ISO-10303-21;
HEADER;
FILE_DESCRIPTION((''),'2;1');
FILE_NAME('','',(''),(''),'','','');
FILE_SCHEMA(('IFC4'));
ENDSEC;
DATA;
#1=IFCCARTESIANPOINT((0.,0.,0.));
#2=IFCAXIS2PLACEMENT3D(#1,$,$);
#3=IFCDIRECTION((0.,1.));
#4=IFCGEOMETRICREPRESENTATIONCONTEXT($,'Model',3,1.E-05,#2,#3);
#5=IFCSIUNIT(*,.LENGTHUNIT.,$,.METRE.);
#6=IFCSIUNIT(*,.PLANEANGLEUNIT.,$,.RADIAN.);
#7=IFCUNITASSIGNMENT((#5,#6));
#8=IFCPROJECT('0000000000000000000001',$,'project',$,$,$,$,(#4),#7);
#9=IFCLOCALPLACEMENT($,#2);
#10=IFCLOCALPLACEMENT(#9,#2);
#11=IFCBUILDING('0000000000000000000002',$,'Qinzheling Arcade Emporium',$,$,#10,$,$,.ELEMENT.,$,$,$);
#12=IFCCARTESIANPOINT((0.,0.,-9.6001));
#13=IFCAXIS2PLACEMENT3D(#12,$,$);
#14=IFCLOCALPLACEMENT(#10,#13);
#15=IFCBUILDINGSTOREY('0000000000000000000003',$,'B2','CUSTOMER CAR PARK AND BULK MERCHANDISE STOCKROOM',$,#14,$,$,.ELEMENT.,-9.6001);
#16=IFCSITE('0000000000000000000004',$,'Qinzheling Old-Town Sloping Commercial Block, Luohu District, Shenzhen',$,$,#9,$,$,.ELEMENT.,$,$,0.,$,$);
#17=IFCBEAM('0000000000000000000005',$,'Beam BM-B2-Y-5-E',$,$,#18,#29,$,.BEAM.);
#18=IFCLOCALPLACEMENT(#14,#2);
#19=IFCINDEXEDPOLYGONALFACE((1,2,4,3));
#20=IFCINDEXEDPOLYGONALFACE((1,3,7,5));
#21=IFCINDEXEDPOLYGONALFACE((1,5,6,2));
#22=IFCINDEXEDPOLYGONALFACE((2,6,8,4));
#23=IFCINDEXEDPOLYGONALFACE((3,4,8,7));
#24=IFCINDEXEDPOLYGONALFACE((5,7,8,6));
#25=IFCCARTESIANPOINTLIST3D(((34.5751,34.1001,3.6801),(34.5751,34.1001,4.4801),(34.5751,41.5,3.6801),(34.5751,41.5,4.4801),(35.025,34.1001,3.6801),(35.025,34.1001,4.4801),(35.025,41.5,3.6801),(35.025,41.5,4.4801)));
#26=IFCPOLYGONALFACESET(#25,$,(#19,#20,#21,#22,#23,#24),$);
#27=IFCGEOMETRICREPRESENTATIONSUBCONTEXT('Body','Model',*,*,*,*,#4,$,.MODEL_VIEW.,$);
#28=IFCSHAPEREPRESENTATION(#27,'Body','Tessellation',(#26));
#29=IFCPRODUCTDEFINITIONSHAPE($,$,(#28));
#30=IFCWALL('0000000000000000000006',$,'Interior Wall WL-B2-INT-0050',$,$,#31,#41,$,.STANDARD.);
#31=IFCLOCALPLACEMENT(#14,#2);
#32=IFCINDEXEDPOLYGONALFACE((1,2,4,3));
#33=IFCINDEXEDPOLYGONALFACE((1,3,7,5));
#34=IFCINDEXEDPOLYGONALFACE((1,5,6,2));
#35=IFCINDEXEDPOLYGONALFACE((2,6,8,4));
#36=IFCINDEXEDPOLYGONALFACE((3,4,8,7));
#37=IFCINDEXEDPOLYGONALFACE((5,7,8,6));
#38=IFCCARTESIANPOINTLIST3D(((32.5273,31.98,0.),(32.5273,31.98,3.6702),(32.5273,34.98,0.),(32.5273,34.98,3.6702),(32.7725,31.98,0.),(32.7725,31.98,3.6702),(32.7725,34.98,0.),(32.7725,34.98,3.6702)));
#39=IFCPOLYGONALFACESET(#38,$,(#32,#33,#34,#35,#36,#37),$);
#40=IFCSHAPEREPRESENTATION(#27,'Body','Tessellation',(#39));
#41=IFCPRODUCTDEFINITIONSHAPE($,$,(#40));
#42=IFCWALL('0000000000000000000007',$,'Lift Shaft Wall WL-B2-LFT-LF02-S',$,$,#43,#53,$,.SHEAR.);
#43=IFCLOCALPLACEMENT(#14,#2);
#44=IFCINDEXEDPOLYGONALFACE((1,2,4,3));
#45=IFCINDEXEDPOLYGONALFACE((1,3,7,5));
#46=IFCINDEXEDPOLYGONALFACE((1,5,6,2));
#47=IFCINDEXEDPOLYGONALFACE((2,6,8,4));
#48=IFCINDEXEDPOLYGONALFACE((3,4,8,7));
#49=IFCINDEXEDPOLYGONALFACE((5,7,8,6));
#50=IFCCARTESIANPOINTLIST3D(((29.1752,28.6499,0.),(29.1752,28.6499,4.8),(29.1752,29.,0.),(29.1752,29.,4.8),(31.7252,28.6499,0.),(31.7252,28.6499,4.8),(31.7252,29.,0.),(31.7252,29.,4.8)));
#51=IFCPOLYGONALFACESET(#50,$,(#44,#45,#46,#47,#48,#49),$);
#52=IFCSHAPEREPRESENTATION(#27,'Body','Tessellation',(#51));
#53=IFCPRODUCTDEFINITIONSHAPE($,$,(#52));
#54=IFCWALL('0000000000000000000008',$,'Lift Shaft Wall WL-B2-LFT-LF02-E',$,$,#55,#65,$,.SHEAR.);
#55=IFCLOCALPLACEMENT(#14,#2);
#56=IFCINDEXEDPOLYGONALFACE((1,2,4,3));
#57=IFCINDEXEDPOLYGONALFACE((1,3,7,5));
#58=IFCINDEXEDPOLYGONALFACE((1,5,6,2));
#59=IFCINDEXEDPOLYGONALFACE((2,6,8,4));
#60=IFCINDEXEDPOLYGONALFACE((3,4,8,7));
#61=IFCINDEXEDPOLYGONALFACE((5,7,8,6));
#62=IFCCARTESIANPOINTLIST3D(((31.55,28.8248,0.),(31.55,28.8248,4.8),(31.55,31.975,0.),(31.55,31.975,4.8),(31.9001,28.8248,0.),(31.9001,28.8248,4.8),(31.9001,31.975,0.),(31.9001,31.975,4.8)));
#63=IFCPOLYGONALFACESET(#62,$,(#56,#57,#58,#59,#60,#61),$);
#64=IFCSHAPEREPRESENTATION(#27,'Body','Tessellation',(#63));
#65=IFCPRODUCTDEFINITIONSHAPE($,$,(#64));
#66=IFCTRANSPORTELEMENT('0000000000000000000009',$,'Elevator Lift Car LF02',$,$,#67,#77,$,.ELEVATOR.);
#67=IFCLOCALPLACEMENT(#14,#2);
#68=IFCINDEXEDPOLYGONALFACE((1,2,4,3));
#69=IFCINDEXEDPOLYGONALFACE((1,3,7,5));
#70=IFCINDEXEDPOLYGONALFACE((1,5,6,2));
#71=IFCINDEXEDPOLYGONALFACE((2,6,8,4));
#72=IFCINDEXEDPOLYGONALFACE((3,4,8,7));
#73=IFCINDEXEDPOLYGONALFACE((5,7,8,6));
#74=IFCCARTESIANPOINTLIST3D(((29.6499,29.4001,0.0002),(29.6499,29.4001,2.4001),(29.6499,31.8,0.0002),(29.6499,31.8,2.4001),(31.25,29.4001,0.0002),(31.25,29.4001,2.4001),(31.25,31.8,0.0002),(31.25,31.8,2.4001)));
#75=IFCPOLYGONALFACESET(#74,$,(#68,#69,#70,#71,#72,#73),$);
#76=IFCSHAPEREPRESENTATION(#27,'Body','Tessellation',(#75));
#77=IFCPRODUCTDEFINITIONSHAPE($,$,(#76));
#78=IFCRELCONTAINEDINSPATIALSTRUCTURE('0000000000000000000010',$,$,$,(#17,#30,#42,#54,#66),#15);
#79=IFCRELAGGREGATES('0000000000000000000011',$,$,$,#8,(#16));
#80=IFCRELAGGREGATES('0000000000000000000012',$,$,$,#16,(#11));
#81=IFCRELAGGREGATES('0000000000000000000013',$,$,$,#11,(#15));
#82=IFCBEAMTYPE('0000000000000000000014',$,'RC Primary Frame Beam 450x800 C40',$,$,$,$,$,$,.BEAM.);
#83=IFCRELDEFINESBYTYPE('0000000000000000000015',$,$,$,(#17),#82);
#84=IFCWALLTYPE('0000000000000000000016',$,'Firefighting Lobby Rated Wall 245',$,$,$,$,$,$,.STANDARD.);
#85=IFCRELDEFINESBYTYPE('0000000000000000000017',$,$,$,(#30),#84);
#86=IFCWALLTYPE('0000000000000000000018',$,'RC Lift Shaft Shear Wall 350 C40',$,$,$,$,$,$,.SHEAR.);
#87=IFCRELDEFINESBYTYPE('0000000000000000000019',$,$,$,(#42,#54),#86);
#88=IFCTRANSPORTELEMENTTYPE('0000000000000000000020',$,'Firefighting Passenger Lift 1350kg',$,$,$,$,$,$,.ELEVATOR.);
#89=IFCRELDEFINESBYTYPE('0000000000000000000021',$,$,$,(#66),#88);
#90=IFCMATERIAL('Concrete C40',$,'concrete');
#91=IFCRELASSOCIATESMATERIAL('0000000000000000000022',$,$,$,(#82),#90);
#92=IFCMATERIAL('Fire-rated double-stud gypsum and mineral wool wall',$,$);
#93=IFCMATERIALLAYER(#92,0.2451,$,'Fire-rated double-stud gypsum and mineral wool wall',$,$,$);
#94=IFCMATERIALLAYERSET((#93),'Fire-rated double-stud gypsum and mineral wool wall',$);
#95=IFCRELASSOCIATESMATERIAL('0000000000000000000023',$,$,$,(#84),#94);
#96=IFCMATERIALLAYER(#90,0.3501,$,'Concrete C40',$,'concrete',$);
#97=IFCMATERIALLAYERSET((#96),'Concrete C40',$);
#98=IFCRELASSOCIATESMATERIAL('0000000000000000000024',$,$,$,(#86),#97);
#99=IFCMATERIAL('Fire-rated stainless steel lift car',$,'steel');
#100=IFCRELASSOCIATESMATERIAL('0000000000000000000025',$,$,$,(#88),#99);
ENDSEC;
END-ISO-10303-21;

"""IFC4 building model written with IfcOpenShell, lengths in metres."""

from ifc_helpers import new_model, si_unit, direction, frame, frame_2d, origin, origin_2d, place, context, subcontext, project, spatial, rectangle, extrude, material, layer, layer_set, material_profile, profile_set, type_object, element, save


model = new_model("IFC4")

# Units and contexts
model_context = context("Model", 3, precision=1e-05, world=origin(), true_north=direction((0.0, 1.0)))
body_context = subcontext(model_context, "Body", "Model", "MODEL_VIEW")
ifc_project = project(units=[si_unit("LENGTHUNIT", "METRE"), si_unit("PLANEANGLEUNIT", "RADIAN")], contexts=[model_context])

# Site, building, storey
site_placement = place(None, origin())
site = spatial("IfcSite", under=ifc_project, at=site_placement, Name="Qinzheling Old-Town Sloping Commercial Block, Luohu District, Shenzhen", CompositionType="ELEMENT", RefElevation=0.0)
building_placement = place(site_placement, origin())
building = spatial("IfcBuilding", under=site, at=building_placement, Name="Qinzheling Arcade Emporium", CompositionType="ELEMENT")
storey_placement = place(building_placement, frame((0.0, 0.0, -9.6001)))
storey = spatial("IfcBuildingStorey", under=building, at=storey_placement, Name="B2", Description="CUSTOMER CAR PARK AND BULK MERCHANDISE STOCKROOM", CompositionType="ELEMENT", Elevation=-9.6001)

# Shared definitions
ifc_material_1 = material(Name="Concrete C40", Category="concrete")

# Beam
ifc_material_profile_1 = material_profile(ifc_material_1, rectangle(XDim=0.45, YDim=0.8, at=origin_2d()), Name="RC 450x800", Category="concrete")
ifc_profile_set_1 = profile_set([ifc_material_profile_1], Name="Concrete C40")
beam_type = type_object("IfcBeamType", Name="RC Primary Frame Beam 450x800 C40", PredefinedType="BEAM", material=ifc_profile_set_1)
beam_1_placement = place(storey_placement, frame((34.8, 34.1001, 4.0801), z_axis=(0.0, 1.0, 0.0), x_axis=(-1.0, 0.0, 0.0)))
element("IfcBeam", 1, at=beam_1_placement, inside=storey, type_object=beam_type, Name="Beam BM-B2-Y-5-E", PredefinedType="BEAM", context=body_context, shape_type="SweptSolid", body=[
    extrude(rectangle(XDim=0.45, YDim=0.8, at=origin_2d()), origin(), (0.0, 0.0, 1.0), 7.3999),
])

# Walls
ifc_material_2 = material(Name="Fire-rated double-stud gypsum and mineral wool wall")
ifc_layer_1 = layer(ifc_material_2, 0.2451, Name="Fire-rated double-stud gypsum and mineral wool wall")
ifc_layer_set_1 = layer_set([ifc_layer_1], Name="Fire-rated double-stud gypsum and mineral wool wall")
wall_type_1 = type_object("IfcWallType", Name="Firefighting Lobby Rated Wall 245", PredefinedType="STANDARD", material=ifc_layer_set_1)
wall_1_placement = place(storey_placement, frame((32.6499, 34.98, 0.0), z_axis=(0.0, 0.0, 1.0), x_axis=(0.0, -1.0, 0.0)))
element("IfcWall", 2, at=wall_1_placement, inside=storey, type_object=wall_type_1, Name="Interior Wall WL-B2-INT-0050", PredefinedType="STANDARD", context=body_context, shape_type="SweptSolid", body=[
    extrude(rectangle(XDim=3.0, YDim=0.2451, at=frame_2d((1.5, 0.0))), origin(), (0.0, 0.0, 1.0), 3.6702),
])
ifc_layer_2 = layer(ifc_material_1, 0.3501, Name="Concrete C40", Category="concrete")
ifc_layer_set_2 = layer_set([ifc_layer_2], Name="Concrete C40")
wall_type_2 = type_object("IfcWallType", Name="RC Lift Shaft Shear Wall 350 C40", PredefinedType="SHEAR", material=ifc_layer_set_2)
wall_2_placement = place(storey_placement, frame((31.7251, 28.825, 0.0), z_axis=(0.0, 0.0, 1.0), x_axis=(-1.0, 0.0, 0.0)))
element("IfcWall", 3, at=wall_2_placement, inside=storey, type_object=wall_type_2, Name="Lift Shaft Wall WL-B2-LFT-LF02-S", PredefinedType="SHEAR", context=body_context, shape_type="SweptSolid", body=[
    extrude(rectangle(XDim=2.55, YDim=0.3501, at=frame_2d((1.2749, 0.0))), origin(), (0.0, 0.0, 1.0), 4.8),
])
wall_3_placement = place(storey_placement, frame((31.7251, 31.9751, 0.0), z_axis=(0.0, 0.0, 1.0), x_axis=(0.0, -1.0, 0.0)))
element("IfcWall", 4, at=wall_3_placement, inside=storey, type_object=wall_type_2, Name="Lift Shaft Wall WL-B2-LFT-LF02-E", PredefinedType="SHEAR", context=body_context, shape_type="SweptSolid", body=[
    extrude(rectangle(XDim=3.1501, YDim=0.3501, at=frame_2d((1.5752, 0.0))), origin(), (0.0, 0.0, 1.0), 4.8),
])

# Transport element
ifc_material_3 = material(Name="Fire-rated stainless steel lift car", Category="steel")
transport_element_type = type_object("IfcTransportElementType", Name="Firefighting Passenger Lift 1350kg", PredefinedType="ELEVATOR", material=ifc_material_3)
transport_element_placement = place(storey_placement, frame((30.45, 30.6001, 0.0002), z_axis=(0.0, 0.0, 1.0), x_axis=(1.0, 0.0, 0.0)))
element("IfcTransportElement", 5, at=transport_element_placement, inside=storey, type_object=transport_element_type, Name="Elevator Lift Car LF02", PredefinedType="ELEVATOR", context=body_context, shape_type="SweptSolid", body=[
    extrude(rectangle(XDim=1.6001, YDim=2.3999, at=origin_2d()), origin(), (0.0, 0.0, 1.0), 2.3999),
])

save(model, "model.ifc")
